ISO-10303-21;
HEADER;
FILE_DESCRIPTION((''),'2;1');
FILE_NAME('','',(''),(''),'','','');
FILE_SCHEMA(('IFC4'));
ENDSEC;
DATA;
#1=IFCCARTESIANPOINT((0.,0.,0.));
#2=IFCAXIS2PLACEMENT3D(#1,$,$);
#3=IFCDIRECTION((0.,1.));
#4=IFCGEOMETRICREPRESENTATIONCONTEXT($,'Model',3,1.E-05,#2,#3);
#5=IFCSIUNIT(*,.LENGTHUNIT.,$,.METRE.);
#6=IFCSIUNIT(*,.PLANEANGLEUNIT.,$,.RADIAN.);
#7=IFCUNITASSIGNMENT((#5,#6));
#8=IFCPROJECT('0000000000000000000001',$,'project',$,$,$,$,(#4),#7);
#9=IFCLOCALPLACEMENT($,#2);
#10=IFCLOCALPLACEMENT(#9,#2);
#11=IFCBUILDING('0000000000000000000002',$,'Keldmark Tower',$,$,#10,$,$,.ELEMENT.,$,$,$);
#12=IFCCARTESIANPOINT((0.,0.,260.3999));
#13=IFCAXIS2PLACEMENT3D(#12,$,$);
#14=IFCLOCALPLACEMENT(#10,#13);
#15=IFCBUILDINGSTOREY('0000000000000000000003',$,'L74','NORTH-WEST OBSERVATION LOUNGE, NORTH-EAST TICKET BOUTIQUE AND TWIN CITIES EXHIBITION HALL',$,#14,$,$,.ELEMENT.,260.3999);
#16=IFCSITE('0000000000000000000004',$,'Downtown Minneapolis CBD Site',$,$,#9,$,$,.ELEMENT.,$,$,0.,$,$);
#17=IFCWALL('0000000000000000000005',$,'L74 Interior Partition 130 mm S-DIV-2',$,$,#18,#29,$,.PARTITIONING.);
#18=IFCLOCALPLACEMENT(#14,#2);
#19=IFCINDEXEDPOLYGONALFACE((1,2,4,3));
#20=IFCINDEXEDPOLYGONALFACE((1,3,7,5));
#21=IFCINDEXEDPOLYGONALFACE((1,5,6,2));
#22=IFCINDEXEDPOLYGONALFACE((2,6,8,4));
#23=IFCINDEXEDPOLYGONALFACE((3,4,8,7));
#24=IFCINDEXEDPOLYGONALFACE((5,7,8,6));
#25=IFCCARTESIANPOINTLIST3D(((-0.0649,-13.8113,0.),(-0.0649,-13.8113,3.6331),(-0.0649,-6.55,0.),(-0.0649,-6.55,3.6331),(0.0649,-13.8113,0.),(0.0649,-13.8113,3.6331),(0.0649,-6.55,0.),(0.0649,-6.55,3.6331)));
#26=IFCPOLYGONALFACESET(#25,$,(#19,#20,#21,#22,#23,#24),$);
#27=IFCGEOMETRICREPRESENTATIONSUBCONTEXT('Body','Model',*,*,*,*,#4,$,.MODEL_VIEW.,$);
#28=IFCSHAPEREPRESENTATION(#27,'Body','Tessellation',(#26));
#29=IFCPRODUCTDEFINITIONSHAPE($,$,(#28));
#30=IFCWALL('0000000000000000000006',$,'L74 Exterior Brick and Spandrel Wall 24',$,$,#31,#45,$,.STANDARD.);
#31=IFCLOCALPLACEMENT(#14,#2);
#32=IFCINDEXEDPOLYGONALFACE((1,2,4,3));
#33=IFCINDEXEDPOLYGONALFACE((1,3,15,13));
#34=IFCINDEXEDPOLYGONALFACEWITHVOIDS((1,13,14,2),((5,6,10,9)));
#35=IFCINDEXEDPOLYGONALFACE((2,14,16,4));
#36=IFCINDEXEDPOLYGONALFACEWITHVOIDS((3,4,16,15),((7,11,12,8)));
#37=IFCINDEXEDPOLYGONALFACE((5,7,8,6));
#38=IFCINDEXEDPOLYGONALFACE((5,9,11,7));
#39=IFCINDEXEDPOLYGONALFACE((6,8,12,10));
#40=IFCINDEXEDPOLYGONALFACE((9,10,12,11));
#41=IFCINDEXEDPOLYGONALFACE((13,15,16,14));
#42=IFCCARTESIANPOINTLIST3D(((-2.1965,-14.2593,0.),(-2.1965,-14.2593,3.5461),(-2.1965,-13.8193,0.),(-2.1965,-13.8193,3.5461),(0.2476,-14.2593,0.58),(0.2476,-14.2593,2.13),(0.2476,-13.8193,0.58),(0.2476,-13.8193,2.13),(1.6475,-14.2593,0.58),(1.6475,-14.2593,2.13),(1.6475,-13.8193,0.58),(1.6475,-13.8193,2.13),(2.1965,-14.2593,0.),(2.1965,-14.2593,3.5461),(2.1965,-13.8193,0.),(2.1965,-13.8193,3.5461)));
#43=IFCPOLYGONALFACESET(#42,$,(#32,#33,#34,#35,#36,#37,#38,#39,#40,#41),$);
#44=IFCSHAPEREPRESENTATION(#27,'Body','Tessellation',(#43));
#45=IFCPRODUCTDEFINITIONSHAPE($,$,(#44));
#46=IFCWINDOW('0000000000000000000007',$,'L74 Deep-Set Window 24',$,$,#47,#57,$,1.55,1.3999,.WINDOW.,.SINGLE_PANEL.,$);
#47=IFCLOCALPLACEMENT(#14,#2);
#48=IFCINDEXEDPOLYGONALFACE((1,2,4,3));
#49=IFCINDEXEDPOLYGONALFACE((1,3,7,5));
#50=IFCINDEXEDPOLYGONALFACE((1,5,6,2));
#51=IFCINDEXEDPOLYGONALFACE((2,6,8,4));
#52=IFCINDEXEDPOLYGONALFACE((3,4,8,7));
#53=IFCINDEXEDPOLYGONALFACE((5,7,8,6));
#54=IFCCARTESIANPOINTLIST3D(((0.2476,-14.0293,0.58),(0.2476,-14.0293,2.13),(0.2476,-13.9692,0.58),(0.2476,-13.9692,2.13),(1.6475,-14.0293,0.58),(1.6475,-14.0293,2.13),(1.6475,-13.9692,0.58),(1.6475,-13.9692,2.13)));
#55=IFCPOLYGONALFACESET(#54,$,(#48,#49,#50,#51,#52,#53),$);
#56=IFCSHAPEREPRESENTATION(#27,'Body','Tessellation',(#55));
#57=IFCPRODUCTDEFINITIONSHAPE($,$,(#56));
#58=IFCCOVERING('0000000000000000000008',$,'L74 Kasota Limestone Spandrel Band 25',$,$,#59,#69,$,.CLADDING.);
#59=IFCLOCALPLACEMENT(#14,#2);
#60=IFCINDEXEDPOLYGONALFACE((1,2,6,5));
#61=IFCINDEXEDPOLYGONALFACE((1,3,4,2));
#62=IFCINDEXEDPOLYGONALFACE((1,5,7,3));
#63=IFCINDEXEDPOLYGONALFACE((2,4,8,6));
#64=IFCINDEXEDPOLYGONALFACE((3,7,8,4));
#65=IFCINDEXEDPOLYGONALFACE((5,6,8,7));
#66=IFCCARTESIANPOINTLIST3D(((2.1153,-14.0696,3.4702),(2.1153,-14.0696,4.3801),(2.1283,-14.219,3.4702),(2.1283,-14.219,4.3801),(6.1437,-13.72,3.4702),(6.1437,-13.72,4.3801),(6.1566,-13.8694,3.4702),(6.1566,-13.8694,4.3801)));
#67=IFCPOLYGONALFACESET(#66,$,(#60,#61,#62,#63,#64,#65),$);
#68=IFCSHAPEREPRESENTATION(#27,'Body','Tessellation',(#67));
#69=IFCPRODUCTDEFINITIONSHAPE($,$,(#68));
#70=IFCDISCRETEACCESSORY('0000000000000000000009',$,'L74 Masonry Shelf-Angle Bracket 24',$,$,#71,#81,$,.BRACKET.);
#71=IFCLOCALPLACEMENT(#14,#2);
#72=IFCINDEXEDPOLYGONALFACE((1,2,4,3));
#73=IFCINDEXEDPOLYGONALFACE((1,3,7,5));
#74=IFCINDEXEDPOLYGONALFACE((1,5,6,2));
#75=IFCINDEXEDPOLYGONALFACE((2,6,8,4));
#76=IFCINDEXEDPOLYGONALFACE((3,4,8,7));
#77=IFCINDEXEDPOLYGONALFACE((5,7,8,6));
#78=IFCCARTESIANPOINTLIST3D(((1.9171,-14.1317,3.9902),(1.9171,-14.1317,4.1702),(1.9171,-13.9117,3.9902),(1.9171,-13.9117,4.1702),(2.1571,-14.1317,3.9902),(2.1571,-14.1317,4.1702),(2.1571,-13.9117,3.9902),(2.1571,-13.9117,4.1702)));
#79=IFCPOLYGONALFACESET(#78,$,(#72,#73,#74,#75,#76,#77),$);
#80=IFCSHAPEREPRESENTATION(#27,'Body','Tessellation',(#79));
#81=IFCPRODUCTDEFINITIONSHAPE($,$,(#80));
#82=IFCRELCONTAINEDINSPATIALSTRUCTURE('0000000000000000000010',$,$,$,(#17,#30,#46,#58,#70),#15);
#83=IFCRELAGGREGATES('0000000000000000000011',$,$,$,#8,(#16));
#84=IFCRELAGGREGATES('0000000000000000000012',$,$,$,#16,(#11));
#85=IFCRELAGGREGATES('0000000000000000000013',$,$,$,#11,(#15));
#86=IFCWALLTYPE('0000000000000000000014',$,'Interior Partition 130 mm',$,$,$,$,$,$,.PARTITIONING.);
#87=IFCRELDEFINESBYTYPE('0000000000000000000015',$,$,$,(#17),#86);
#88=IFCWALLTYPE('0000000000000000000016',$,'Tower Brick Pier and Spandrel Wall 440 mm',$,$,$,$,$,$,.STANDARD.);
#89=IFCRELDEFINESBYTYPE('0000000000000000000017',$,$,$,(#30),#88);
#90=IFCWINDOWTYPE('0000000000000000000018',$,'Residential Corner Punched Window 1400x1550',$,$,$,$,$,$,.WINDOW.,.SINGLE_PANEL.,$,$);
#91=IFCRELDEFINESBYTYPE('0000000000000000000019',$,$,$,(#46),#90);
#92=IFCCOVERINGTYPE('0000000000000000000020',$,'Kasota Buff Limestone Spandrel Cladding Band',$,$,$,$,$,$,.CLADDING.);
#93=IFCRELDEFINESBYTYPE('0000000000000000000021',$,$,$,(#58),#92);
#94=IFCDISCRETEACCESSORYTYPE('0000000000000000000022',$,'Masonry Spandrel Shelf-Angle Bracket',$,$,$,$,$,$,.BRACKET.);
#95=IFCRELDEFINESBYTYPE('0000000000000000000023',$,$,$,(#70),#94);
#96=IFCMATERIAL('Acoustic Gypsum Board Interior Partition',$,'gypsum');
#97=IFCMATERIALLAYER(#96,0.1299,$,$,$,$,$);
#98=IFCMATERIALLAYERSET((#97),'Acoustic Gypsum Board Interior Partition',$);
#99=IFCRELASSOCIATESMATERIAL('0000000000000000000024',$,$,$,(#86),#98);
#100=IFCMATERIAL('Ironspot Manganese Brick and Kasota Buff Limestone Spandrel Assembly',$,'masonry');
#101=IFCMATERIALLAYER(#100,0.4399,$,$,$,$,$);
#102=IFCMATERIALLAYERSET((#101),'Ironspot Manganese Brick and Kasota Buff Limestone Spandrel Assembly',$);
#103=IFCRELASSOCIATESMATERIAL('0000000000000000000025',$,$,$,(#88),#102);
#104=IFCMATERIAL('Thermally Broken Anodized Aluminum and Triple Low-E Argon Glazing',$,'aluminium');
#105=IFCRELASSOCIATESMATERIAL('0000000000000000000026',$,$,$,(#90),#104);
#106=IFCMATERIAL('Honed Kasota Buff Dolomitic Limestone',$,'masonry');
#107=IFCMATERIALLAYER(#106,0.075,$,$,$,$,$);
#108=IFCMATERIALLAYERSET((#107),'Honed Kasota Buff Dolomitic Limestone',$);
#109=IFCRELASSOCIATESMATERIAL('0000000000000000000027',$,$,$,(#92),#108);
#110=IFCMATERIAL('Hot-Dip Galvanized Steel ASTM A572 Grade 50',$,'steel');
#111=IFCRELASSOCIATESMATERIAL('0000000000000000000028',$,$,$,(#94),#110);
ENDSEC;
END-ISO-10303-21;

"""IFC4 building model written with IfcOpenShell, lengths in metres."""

from ifc_helpers import new_model, si_unit, direction, frame, frame_2d, origin, origin_2d, place, context, subcontext, project, spatial, rectangle, extrude, material, layer, layer_set, type_object, element, fill, save


model = new_model("IFC4")

# Units and contexts
model_context = context("Model", 3, precision=1e-05, world=origin(), true_north=direction((0.0, 1.0)))
body_context = subcontext(model_context, "Body", "Model", "MODEL_VIEW")
ifc_project = project(units=[si_unit("LENGTHUNIT", "METRE"), si_unit("PLANEANGLEUNIT", "RADIAN")], contexts=[model_context])

# Site, building, storey
site_placement = place(None, origin())
site = spatial("IfcSite", under=ifc_project, at=site_placement, Name="Downtown Minneapolis CBD Site", CompositionType="ELEMENT", RefElevation=0.0)
building_placement = place(site_placement, origin())
building = spatial("IfcBuilding", under=site, at=building_placement, Name="Keldmark Tower", CompositionType="ELEMENT")
storey_placement = place(building_placement, frame((0.0, 0.0, 260.3999)))
storey = spatial("IfcBuildingStorey", under=building, at=storey_placement, Name="L74", Description="NORTH-WEST OBSERVATION LOUNGE, NORTH-EAST TICKET BOUTIQUE AND TWIN CITIES EXHIBITION HALL", CompositionType="ELEMENT", Elevation=260.3999)

# Wall
ifc_material_1 = material(Name="Acoustic Gypsum Board Interior Partition", Category="gypsum")
ifc_layer_1 = layer(ifc_material_1, 0.1299)
ifc_layer_set_1 = layer_set([ifc_layer_1], Name="Acoustic Gypsum Board Interior Partition")
wall_type_1 = type_object("IfcWallType", Name="Interior Partition 130 mm", PredefinedType="PARTITIONING", material=ifc_layer_set_1)
wall_1_placement = place(storey_placement, frame((0.0, -13.8113, 0.0), z_axis=(0.0, 0.0, 1.0), x_axis=(0.0, 1.0, 0.0)))
element("IfcWall", 1, at=wall_1_placement, inside=storey, type_object=wall_type_1, Name="L74 Interior Partition 130 mm S-DIV-2", PredefinedType="PARTITIONING", context=body_context, shape_type="SweptSolid", body=[
    extrude(rectangle(XDim=7.2612, YDim=0.1299, at=frame_2d((3.6306, 0.0))), origin(), (0.0, 0.0, 1.0), 3.6331),
])

# Wall, opening, window
ifc_material_2 = material(Name="Ironspot Manganese Brick and Kasota Buff Limestone Spandrel Assembly", Category="masonry")
ifc_layer_2 = layer(ifc_material_2, 0.4399)
ifc_layer_set_2 = layer_set([ifc_layer_2], Name="Ironspot Manganese Brick and Kasota Buff Limestone Spandrel Assembly")
wall_type_2 = type_object("IfcWallType", Name="Tower Brick Pier and Spandrel Wall 440 mm", PredefinedType="STANDARD", material=ifc_layer_set_2)
wall_2_placement = place(storey_placement, frame((2.1965, -14.0393, 0.0), z_axis=(0.0, 0.0, 1.0), x_axis=(-1.0, 0.0, 0.0)))
wall_2 = element("IfcWall", 2, at=wall_2_placement, inside=storey, type_object=wall_type_2, Name="L74 Exterior Brick and Spandrel Wall 24", PredefinedType="STANDARD", context=body_context, shape_type="SweptSolid", body=[
    extrude(rectangle(XDim=4.3931, YDim=0.4399, at=frame_2d((2.1965, 0.0))), origin(), (0.0, 0.0, 1.0), 3.5461),
])
opening_placement = place(wall_2_placement, frame((0.5491, 0.0, 0.5801)))
opening = element("IfcOpeningElement", 3, at=opening_placement, cuts=wall_2, PredefinedType="OPENING", context=body_context, shape_type="SweptSolid", body=[
    extrude(rectangle(XDim=1.3999, YDim=1.55, at=frame_2d((0.7, 0.7749))), frame((0.0, 0.23, 0.0), z_axis=(0.0, -1.0, 0.0), x_axis=(1.0, 0.0, 0.0)), (0.0, 0.0, 1.0), 0.46),
])
ifc_material_3 = material(Name="Thermally Broken Anodized Aluminum and Triple Low-E Argon Glazing", Category="aluminium")
window_type = type_object("IfcWindowType", Name="Residential Corner Punched Window 1400x1550", PartitioningType="SINGLE_PANEL", PredefinedType="WINDOW", material=ifc_material_3)
window_placement = place(opening_placement, origin())
window = element("IfcWindow", 4, at=window_placement, inside=storey, type_object=window_type, Name="L74 Deep-Set Window 24", OverallHeight=1.55, OverallWidth=1.3999, PartitioningType="SINGLE_PANEL", PredefinedType="WINDOW", context=body_context, shape_type="SweptSolid", body=[
    extrude(rectangle(XDim=1.3999, YDim=1.55, at=frame_2d((0.7, 0.7749))), frame((0.0, -0.01, 0.0), z_axis=(0.0, -1.0, 0.0), x_axis=(1.0, 0.0, 0.0)), (0.0, 0.0, 1.0), 0.0601),
])
fill(opening, window)

# Covering
ifc_material_4 = material(Name="Honed Kasota Buff Dolomitic Limestone", Category="masonry")
ifc_layer_3 = layer(ifc_material_4, 0.075)
ifc_layer_set_3 = layer_set([ifc_layer_3], Name="Honed Kasota Buff Dolomitic Limestone")
covering_type = type_object("IfcCoveringType", Name="Kasota Buff Limestone Spandrel Cladding Band", PredefinedType="CLADDING", material=ifc_layer_set_3)
covering_placement = place(storey_placement, frame((4.136, -13.9695, 3.4702), z_axis=(0.0, 0.0, 1.0), x_axis=(0.996255, 0.08646, 0.0)))
element("IfcCovering", 5, at=covering_placement, inside=storey, type_object=covering_type, Name="L74 Kasota Limestone Spandrel Band 25", PredefinedType="CLADDING", context=body_context, shape_type="SweptSolid", body=[
    extrude(rectangle(XDim=4.0435, YDim=0.1499, at=origin_2d()), origin(), (0.0, 0.0, 1.0), 0.9099),
])

# Discrete accessory
ifc_material_5 = material(Name="Hot-Dip Galvanized Steel ASTM A572 Grade 50", Category="steel")
discrete_accessory_type = type_object("IfcDiscreteAccessoryType", Name="Masonry Spandrel Shelf-Angle Bracket", PredefinedType="BRACKET", material=ifc_material_5)
discrete_accessory_placement = place(storey_placement, frame((2.0371, -14.0217, 3.9902), z_axis=(0.0, 0.0, 1.0), x_axis=(1.0, 0.0, 0.0)))
element("IfcDiscreteAccessory", 6, at=discrete_accessory_placement, inside=storey, type_object=discrete_accessory_type, Name="L74 Masonry Shelf-Angle Bracket 24", PredefinedType="BRACKET", context=body_context, shape_type="SweptSolid", body=[
    extrude(rectangle(XDim=0.24, YDim=0.22, at=origin_2d()), origin(), (0.0, 0.0, 1.0), 0.1799),
])

save(model, "model.ifc")
